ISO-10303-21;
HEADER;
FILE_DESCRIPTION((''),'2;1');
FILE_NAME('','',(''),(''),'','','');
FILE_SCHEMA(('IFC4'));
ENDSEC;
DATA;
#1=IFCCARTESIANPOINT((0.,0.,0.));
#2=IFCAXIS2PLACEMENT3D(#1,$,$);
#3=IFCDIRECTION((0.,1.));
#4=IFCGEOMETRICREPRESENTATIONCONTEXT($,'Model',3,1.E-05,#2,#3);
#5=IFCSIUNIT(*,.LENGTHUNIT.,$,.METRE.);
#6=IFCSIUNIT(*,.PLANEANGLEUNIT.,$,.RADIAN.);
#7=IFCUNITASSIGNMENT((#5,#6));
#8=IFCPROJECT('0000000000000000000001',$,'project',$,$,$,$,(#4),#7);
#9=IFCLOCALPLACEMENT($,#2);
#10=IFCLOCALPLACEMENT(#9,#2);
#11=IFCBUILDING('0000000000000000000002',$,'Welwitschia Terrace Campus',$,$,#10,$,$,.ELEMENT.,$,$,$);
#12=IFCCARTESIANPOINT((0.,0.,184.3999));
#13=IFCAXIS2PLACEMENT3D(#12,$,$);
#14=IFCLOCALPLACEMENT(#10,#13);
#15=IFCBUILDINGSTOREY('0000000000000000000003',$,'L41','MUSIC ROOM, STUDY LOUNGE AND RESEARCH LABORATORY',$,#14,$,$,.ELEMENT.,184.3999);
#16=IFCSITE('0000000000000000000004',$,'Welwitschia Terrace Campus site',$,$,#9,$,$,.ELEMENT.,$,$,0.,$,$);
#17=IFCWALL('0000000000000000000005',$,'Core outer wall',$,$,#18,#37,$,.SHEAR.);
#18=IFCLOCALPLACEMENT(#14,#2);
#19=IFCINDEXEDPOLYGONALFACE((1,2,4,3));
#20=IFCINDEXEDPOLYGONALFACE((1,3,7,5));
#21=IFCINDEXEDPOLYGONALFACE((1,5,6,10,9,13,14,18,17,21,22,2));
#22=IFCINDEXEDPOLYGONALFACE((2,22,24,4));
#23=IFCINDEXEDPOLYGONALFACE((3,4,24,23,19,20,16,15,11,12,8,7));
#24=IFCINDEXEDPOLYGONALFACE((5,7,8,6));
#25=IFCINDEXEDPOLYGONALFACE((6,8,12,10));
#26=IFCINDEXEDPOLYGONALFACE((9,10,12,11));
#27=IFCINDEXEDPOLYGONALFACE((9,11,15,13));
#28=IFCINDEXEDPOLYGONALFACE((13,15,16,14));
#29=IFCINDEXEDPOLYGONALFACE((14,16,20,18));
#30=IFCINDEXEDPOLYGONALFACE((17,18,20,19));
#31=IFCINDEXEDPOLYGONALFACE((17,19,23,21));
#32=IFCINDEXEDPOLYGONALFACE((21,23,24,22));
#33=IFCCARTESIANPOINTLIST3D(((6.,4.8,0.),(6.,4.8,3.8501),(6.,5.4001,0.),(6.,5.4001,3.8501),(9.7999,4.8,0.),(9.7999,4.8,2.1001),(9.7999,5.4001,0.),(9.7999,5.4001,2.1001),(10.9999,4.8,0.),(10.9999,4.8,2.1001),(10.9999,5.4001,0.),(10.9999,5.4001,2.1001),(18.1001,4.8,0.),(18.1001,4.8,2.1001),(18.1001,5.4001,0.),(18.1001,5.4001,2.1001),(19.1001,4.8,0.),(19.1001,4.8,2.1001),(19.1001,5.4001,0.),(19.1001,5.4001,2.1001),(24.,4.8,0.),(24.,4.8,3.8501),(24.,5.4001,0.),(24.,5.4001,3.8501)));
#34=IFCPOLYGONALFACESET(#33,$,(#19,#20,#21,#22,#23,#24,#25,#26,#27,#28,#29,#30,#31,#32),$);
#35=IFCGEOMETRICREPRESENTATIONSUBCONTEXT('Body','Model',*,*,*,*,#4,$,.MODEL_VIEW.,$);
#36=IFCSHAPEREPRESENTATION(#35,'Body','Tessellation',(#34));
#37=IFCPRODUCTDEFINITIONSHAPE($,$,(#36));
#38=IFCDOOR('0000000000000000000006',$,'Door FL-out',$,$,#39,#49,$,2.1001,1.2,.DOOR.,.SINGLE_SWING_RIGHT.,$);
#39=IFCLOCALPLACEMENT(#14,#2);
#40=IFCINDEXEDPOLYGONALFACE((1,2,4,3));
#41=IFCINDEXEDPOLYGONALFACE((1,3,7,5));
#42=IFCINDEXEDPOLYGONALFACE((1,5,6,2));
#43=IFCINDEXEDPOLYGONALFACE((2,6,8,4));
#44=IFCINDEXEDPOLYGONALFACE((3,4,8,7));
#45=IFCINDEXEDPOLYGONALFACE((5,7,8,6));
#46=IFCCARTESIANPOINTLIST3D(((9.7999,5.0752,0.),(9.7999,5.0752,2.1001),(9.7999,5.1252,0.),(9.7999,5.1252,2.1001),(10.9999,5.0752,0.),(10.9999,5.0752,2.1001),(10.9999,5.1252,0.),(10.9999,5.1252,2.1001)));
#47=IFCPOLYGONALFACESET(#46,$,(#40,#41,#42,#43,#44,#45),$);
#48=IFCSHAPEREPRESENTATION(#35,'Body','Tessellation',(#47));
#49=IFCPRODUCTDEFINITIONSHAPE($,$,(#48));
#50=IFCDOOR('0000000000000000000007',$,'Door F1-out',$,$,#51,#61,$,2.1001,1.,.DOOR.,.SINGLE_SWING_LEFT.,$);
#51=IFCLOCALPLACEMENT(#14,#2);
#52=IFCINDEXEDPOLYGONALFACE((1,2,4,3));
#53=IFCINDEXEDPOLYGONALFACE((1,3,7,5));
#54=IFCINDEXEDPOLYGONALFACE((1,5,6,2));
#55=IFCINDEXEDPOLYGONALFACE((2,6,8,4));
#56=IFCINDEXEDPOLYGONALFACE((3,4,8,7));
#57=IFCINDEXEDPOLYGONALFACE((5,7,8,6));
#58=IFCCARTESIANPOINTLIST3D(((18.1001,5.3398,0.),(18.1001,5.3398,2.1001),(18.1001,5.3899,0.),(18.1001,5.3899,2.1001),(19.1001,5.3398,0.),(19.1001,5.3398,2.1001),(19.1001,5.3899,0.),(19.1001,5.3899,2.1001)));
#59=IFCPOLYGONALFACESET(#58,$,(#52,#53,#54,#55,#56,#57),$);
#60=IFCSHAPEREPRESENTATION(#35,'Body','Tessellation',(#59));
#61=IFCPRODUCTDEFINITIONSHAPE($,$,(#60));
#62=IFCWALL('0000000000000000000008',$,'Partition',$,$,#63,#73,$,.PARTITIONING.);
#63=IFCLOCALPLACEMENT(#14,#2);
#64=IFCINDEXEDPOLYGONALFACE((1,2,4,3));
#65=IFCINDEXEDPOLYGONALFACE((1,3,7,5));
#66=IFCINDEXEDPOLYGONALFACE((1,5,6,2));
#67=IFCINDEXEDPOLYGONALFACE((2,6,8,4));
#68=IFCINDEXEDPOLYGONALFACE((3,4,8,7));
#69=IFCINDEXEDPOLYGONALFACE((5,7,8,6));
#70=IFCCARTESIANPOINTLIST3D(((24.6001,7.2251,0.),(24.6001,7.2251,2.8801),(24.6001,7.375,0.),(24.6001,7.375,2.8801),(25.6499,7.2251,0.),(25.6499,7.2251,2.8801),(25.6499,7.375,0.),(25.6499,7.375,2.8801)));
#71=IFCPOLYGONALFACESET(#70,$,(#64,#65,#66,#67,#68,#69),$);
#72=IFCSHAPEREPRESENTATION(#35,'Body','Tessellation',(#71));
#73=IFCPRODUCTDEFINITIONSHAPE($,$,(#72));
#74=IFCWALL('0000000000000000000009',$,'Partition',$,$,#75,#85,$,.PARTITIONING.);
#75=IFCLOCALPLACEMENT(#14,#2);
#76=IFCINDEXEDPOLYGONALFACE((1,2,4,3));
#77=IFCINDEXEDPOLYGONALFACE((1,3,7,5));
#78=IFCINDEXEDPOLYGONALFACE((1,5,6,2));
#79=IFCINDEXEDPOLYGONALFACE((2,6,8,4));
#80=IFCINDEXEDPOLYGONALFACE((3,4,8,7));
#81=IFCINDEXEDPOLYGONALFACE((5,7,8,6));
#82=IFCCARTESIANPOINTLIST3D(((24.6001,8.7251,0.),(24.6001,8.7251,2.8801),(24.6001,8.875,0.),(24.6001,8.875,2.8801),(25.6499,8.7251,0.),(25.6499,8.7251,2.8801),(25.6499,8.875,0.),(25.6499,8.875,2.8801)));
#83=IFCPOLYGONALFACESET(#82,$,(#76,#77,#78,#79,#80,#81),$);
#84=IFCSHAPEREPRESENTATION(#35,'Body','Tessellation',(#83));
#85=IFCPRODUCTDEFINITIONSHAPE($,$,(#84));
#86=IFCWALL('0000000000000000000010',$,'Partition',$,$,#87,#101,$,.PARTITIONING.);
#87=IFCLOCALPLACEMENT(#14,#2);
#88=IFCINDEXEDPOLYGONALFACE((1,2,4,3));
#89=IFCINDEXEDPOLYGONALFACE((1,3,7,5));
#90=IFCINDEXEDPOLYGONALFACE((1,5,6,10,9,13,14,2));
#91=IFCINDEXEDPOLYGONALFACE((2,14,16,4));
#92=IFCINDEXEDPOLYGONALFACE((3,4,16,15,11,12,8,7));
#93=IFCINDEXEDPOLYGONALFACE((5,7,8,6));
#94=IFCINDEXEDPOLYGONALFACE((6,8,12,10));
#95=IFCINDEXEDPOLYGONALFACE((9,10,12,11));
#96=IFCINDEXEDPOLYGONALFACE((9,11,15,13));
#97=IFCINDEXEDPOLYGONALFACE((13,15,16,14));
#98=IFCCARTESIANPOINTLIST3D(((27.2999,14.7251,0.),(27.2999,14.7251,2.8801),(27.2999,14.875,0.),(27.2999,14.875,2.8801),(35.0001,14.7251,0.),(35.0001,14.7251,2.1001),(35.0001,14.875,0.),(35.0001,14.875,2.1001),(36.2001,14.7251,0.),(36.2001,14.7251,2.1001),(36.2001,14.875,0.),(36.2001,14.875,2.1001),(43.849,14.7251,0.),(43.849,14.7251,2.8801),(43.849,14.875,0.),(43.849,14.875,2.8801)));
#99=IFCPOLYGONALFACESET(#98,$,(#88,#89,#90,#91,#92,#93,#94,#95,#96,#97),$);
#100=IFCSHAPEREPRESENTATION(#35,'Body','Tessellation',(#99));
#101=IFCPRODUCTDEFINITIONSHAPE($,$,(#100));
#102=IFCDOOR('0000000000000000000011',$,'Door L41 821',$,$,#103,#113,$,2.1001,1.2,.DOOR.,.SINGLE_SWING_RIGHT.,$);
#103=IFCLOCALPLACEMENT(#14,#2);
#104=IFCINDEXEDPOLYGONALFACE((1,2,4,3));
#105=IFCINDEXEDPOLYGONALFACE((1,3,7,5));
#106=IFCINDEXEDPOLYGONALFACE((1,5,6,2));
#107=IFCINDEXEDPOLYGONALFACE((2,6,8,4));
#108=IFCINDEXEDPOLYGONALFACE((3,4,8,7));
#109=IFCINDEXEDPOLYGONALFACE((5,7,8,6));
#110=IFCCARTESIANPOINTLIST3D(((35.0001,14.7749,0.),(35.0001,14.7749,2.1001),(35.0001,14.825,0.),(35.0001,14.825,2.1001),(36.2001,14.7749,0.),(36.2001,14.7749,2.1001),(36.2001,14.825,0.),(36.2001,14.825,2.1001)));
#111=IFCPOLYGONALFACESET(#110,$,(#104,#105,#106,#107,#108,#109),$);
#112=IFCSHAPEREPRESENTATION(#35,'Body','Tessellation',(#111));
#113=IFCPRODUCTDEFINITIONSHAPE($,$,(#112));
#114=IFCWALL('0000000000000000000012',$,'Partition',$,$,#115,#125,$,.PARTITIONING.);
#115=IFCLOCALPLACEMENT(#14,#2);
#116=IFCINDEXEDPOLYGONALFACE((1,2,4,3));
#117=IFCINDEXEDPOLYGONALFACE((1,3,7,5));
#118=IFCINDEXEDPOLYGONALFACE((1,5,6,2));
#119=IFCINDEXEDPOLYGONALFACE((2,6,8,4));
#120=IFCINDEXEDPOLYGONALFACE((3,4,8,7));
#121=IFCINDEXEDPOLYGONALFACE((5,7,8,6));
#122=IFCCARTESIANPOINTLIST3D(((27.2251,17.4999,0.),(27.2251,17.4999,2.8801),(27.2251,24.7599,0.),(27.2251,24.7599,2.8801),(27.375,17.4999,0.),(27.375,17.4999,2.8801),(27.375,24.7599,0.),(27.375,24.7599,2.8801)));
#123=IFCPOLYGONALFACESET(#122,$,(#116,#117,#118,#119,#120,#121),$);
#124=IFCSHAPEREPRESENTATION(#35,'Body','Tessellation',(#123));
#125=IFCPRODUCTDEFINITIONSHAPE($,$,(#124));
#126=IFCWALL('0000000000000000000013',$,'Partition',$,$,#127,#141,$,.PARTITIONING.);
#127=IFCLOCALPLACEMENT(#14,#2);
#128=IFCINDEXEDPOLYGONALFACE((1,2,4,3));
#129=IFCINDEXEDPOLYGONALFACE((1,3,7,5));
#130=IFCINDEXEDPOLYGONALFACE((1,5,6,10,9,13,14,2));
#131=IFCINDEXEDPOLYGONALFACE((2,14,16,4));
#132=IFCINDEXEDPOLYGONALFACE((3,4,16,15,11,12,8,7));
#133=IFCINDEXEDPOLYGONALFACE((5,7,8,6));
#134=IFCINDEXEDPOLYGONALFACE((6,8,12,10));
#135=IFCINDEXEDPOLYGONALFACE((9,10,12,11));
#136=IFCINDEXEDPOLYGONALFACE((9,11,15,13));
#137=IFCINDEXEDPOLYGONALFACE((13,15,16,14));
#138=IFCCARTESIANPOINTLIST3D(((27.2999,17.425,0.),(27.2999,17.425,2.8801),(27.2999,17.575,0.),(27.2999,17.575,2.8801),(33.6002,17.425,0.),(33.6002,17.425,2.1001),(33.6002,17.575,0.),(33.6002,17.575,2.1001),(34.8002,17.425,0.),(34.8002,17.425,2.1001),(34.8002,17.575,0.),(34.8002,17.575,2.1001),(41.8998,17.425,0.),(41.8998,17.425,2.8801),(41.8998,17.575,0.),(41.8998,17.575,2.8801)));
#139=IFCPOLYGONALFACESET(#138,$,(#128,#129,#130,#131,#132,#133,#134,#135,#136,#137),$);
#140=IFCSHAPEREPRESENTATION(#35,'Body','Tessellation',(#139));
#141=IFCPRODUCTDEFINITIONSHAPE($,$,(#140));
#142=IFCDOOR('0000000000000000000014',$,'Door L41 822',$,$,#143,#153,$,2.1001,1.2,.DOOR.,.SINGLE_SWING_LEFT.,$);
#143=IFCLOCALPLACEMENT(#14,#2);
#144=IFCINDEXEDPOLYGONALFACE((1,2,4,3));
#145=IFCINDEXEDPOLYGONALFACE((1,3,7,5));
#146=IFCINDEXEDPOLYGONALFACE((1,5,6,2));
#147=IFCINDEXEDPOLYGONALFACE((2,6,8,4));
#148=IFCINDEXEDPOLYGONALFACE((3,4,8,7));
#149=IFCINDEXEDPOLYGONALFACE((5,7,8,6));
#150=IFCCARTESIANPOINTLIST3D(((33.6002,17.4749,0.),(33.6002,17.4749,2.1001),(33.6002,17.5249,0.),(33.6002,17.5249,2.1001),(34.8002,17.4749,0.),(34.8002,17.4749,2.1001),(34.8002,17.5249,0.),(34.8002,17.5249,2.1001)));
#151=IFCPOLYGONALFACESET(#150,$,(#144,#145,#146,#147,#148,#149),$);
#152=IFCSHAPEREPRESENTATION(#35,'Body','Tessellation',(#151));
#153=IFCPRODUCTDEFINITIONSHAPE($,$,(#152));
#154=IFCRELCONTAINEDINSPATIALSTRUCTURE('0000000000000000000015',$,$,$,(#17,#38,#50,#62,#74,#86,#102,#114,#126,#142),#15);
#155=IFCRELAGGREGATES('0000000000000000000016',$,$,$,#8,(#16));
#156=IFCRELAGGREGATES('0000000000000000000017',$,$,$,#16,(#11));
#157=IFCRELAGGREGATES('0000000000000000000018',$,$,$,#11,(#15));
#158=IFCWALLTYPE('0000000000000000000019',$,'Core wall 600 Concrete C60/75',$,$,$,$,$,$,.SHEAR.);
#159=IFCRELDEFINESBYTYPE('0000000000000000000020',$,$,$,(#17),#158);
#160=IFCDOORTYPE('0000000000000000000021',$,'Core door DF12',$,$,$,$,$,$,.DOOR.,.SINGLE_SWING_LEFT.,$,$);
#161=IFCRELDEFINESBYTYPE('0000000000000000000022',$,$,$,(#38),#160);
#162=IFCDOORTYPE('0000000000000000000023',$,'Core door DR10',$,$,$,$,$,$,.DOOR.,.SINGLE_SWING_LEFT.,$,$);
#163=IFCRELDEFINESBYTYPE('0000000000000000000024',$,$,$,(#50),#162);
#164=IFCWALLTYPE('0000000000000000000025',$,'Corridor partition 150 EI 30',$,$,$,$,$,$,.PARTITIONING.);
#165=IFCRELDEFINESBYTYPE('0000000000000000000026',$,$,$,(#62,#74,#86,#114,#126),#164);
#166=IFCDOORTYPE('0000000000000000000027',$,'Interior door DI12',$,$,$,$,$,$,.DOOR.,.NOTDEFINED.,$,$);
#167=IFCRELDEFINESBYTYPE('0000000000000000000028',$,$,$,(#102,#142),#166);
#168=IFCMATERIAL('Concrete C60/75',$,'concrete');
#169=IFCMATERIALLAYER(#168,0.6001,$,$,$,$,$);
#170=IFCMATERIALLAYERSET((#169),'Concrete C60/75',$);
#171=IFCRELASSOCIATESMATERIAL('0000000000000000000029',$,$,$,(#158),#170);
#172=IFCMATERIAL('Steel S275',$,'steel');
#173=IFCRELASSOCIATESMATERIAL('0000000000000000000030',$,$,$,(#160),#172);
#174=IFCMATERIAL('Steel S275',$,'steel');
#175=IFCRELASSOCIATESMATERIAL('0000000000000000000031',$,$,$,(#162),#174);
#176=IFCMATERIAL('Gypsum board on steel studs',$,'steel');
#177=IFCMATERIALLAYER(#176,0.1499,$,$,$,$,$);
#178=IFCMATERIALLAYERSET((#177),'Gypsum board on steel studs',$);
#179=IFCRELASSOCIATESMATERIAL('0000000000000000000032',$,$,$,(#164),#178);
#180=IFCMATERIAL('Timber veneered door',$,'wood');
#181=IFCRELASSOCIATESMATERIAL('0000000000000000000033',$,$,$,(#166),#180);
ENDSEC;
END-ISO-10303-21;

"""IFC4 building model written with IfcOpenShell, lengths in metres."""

from ifc_helpers import new_model, si_unit, direction, frame, frame_2d, origin, place, context, subcontext, project, spatial, rectangle, extrude, material, layer, layer_set, type_object, element, fill, save


model = new_model("IFC4")

# Units and contexts
model_context = context("Model", 3, precision=1e-05, world=origin(), true_north=direction((0.0, 1.0)))
body_context = subcontext(model_context, "Body", "Model", "MODEL_VIEW")
ifc_project = project(units=[si_unit("LENGTHUNIT", "METRE"), si_unit("PLANEANGLEUNIT", "RADIAN")], contexts=[model_context])

# Site, building, storey
site_placement = place(None, origin())
site = spatial("IfcSite", under=ifc_project, at=site_placement, Name="Welwitschia Terrace Campus site", CompositionType="ELEMENT", RefElevation=0.0)
building_placement = place(site_placement, origin())
building = spatial("IfcBuilding", under=site, at=building_placement, Name="Welwitschia Terrace Campus", CompositionType="ELEMENT")
storey_placement = place(building_placement, frame((0.0, 0.0, 184.3999)))
storey = spatial("IfcBuildingStorey", under=building, at=storey_placement, Name="L41", Description="MUSIC ROOM, STUDY LOUNGE AND RESEARCH LABORATORY", CompositionType="ELEMENT", Elevation=184.3999)

# Wall, openings, doors
ifc_material_1 = material(Name="Concrete C60/75", Category="concrete")
ifc_layer_1 = layer(ifc_material_1, 0.6001)
ifc_layer_set_1 = layer_set([ifc_layer_1], Name="Concrete C60/75")
wall_type_1 = type_object("IfcWallType", Name="Core wall 600 Concrete C60/75", PredefinedType="SHEAR", material=ifc_layer_set_1)
wall_1_placement = place(storey_placement, frame((24.0, 5.1001, 0.0), z_axis=(0.0, 0.0, 1.0), x_axis=(-1.0, 0.0, 0.0)))
wall_1 = element("IfcWall", 1, at=wall_1_placement, inside=storey, type_object=wall_type_1, Name="Core outer wall", PredefinedType="SHEAR", context=body_context, shape_type="SweptSolid", body=[
    extrude(rectangle(XDim=18.0, YDim=0.6001, at=frame_2d((9.0, 0.0))), origin(), (0.0, 0.0, 1.0), 3.8501),
])
opening_1_placement = place(wall_1_placement, frame((13.0, 0.0, 0.0)))
opening_1 = element("IfcOpeningElement", 2, at=opening_1_placement, cuts=wall_1, PredefinedType="OPENING", context=body_context, shape_type="SweptSolid", body=[
    extrude(rectangle(XDim=1.2, YDim=2.1001, at=frame_2d((0.6001, 1.05))), frame((0.0, 0.3101, 0.0), z_axis=(0.0, -1.0, 0.0), x_axis=(1.0, 0.0, 0.0)), (0.0, 0.0, 1.0), 0.6201),
])
opening_2_placement = place(wall_1_placement, frame((4.8999, 0.0, 0.0)))
opening_2 = element("IfcOpeningElement", 3, at=opening_2_placement, cuts=wall_1, PredefinedType="OPENING", context=body_context, shape_type="SweptSolid", body=[
    extrude(rectangle(XDim=1.0, YDim=2.1001, at=frame_2d((0.5, 1.05))), frame((0.0, 0.3101, 0.0), z_axis=(0.0, -1.0, 0.0), x_axis=(1.0, 0.0, 0.0)), (0.0, 0.0, 1.0), 0.6201),
])
ifc_material_2 = material(Name="Steel S275", Category="steel")
door_type_1 = type_object("IfcDoorType", Name="Core door DF12", OperationType="SINGLE_SWING_LEFT", PredefinedType="DOOR", material=ifc_material_2)
door_1_placement = place(opening_1_placement, origin())
door_1 = element("IfcDoor", 4, at=door_1_placement, inside=storey, type_object=door_type_1, Name="Door FL-out", OperationType="SINGLE_SWING_RIGHT", OverallHeight=2.1001, OverallWidth=1.2, PredefinedType="DOOR", context=body_context, shape_type="SweptSolid", body=[
    extrude(rectangle(XDim=1.2, YDim=2.1001, at=frame_2d((0.6001, 1.05))), frame((0.0, 0.0249, 0.0), z_axis=(0.0, -1.0, 0.0), x_axis=(1.0, 0.0, 0.0)), (0.0, 0.0, 1.0), 0.05),
])
fill(opening_1, door_1)
ifc_material_3 = material(Name="Steel S275", Category="steel")
door_type_2 = type_object("IfcDoorType", Name="Core door DR10", OperationType="SINGLE_SWING_LEFT", PredefinedType="DOOR", material=ifc_material_3)
door_2_placement = place(opening_2_placement, origin())
door_2 = element("IfcDoor", 5, at=door_2_placement, inside=storey, type_object=door_type_2, Name="Door F1-out", OperationType="SINGLE_SWING_LEFT", OverallHeight=2.1001, OverallWidth=1.0, PredefinedType="DOOR", context=body_context, shape_type="SweptSolid", body=[
    extrude(rectangle(XDim=1.0, YDim=2.1001, at=frame_2d((0.5, 1.05))), frame((0.0, -0.2397, 0.0), z_axis=(0.0, -1.0, 0.0), x_axis=(1.0, 0.0, 0.0)), (0.0, 0.0, 1.0), 0.05),
])
fill(opening_2, door_2)

# Walls
ifc_material_4 = material(Name="Gypsum board on steel studs", Category="steel")
ifc_layer_2 = layer(ifc_material_4, 0.1499)
ifc_layer_set_2 = layer_set([ifc_layer_2], Name="Gypsum board on steel studs")
wall_type_2 = type_object("IfcWallType", Name="Corridor partition 150 EI 30", PredefinedType="PARTITIONING", material=ifc_layer_set_2)
for number, where, z_axis, x_axis, name in (
    (6, (24.6001, 7.3, 0.0), (0.0, 0.0, 1.0), (1.0, 0.0, 0.0), "Partition"),
    (7, (24.6001, 8.8, 0.0), (0.0, 0.0, 1.0), (1.0, 0.0, 0.0), "Partition"),
):
    element("IfcWall", number, at=place(storey_placement, frame(where, z_axis=z_axis, x_axis=x_axis)), inside=storey, type_object=wall_type_2, Name=name, PredefinedType="PARTITIONING", context=body_context, shape_type="SweptSolid", body=[
        extrude(rectangle(XDim=1.0498, YDim=0.1499, at=frame_2d((0.5249, 0.0))), origin(), (0.0, 0.0, 1.0), 2.8801),
    ])

# Wall, opening, door
wall_2_placement = place(storey_placement, frame((27.3, 14.8, 0.0), z_axis=(0.0, 0.0, 1.0), x_axis=(1.0, 0.0, 0.0)))
wall_2 = element("IfcWall", 8, at=wall_2_placement, inside=storey, type_object=wall_type_2, Name="Partition", PredefinedType="PARTITIONING", context=body_context, shape_type="SweptSolid", body=[
    extrude(rectangle(XDim=16.5491, YDim=0.1499, at=frame_2d((8.2744, 0.0))), origin(), (0.0, 0.0, 1.0), 2.8801),
])
opening_3_placement = place(wall_2_placement, frame((7.7, 0.0, 0.0)))
opening_3 = element("IfcOpeningElement", 9, at=opening_3_placement, cuts=wall_2, PredefinedType="OPENING", context=body_context, shape_type="SweptSolid", body=[
    extrude(rectangle(XDim=1.2, YDim=2.1001, at=frame_2d((0.6001, 1.05))), frame((0.0, 0.085, 0.0), z_axis=(0.0, -1.0, 0.0), x_axis=(1.0, 0.0, 0.0)), (0.0, 0.0, 1.0), 0.1699),
])
ifc_material_5 = material(Name="Timber veneered door", Category="wood")
door_type_3 = type_object("IfcDoorType", Name="Interior door DI12", OperationType="NOTDEFINED", PredefinedType="DOOR", material=ifc_material_5)
door_3_placement = place(opening_3_placement, origin())
door_3 = element("IfcDoor", 10, at=door_3_placement, inside=storey, type_object=door_type_3, Name="Door L41 821", OperationType="SINGLE_SWING_RIGHT", OverallHeight=2.1001, OverallWidth=1.2, PredefinedType="DOOR", context=body_context, shape_type="SweptSolid", body=[
    extrude(rectangle(XDim=1.2, YDim=2.1001, at=frame_2d((0.6001, 1.05))), frame((0.0, 0.0249, 0.0), z_axis=(0.0, -1.0, 0.0), x_axis=(1.0, 0.0, 0.0)), (0.0, 0.0, 1.0), 0.05),
])
fill(opening_3, door_3)

# Wall
wall_3_placement = place(storey_placement, frame((27.3, 17.5, 0.0), z_axis=(0.0, 0.0, 1.0), x_axis=(0.0, 1.0, 0.0)))
element("IfcWall", 11, at=wall_3_placement, inside=storey, type_object=wall_type_2, Name="Partition", PredefinedType="PARTITIONING", context=body_context, shape_type="SweptSolid", body=[
    extrude(rectangle(XDim=7.26, YDim=0.1499, at=frame_2d((3.6299, 0.0))), origin(), (0.0, 0.0, 1.0), 2.8801),
])

# Wall, opening, door
wall_4_placement = place(storey_placement, frame((27.3, 17.5, 0.0), z_axis=(0.0, 0.0, 1.0), x_axis=(1.0, 0.0, 0.0)))
wall_4 = element("IfcWall", 12, at=wall_4_placement, inside=storey, type_object=wall_type_2, Name="Partition", PredefinedType="PARTITIONING", context=body_context, shape_type="SweptSolid", body=[
    extrude(rectangle(XDim=14.5999, YDim=0.1499, at=frame_2d((7.2998, 0.0))), origin(), (0.0, 0.0, 1.0), 2.8801),
])
opening_4_placement = place(wall_4_placement, frame((6.3, 0.0, 0.0)))
opening_4 = element("IfcOpeningElement", 13, at=opening_4_placement, cuts=wall_4, PredefinedType="OPENING", context=body_context, shape_type="SweptSolid", body=[
    extrude(rectangle(XDim=1.2, YDim=2.1001, at=frame_2d((0.6001, 1.05))), frame((0.0, 0.085, 0.0), z_axis=(0.0, -1.0, 0.0), x_axis=(1.0, 0.0, 0.0)), (0.0, 0.0, 1.0), 0.1699),
])
door_4_placement = place(opening_4_placement, origin())
door_4 = element("IfcDoor", 14, at=door_4_placement, inside=storey, type_object=door_type_3, Name="Door L41 822", OperationType="SINGLE_SWING_LEFT", OverallHeight=2.1001, OverallWidth=1.2, PredefinedType="DOOR", context=body_context, shape_type="SweptSolid", body=[
    extrude(rectangle(XDim=1.2, YDim=2.1001, at=frame_2d((0.6001, 1.05))), frame((0.0, 0.0249, 0.0), z_axis=(0.0, -1.0, 0.0), x_axis=(1.0, 0.0, 0.0)), (0.0, 0.0, 1.0), 0.05),
])
fill(opening_4, door_4)

save(model, "model.ifc")
